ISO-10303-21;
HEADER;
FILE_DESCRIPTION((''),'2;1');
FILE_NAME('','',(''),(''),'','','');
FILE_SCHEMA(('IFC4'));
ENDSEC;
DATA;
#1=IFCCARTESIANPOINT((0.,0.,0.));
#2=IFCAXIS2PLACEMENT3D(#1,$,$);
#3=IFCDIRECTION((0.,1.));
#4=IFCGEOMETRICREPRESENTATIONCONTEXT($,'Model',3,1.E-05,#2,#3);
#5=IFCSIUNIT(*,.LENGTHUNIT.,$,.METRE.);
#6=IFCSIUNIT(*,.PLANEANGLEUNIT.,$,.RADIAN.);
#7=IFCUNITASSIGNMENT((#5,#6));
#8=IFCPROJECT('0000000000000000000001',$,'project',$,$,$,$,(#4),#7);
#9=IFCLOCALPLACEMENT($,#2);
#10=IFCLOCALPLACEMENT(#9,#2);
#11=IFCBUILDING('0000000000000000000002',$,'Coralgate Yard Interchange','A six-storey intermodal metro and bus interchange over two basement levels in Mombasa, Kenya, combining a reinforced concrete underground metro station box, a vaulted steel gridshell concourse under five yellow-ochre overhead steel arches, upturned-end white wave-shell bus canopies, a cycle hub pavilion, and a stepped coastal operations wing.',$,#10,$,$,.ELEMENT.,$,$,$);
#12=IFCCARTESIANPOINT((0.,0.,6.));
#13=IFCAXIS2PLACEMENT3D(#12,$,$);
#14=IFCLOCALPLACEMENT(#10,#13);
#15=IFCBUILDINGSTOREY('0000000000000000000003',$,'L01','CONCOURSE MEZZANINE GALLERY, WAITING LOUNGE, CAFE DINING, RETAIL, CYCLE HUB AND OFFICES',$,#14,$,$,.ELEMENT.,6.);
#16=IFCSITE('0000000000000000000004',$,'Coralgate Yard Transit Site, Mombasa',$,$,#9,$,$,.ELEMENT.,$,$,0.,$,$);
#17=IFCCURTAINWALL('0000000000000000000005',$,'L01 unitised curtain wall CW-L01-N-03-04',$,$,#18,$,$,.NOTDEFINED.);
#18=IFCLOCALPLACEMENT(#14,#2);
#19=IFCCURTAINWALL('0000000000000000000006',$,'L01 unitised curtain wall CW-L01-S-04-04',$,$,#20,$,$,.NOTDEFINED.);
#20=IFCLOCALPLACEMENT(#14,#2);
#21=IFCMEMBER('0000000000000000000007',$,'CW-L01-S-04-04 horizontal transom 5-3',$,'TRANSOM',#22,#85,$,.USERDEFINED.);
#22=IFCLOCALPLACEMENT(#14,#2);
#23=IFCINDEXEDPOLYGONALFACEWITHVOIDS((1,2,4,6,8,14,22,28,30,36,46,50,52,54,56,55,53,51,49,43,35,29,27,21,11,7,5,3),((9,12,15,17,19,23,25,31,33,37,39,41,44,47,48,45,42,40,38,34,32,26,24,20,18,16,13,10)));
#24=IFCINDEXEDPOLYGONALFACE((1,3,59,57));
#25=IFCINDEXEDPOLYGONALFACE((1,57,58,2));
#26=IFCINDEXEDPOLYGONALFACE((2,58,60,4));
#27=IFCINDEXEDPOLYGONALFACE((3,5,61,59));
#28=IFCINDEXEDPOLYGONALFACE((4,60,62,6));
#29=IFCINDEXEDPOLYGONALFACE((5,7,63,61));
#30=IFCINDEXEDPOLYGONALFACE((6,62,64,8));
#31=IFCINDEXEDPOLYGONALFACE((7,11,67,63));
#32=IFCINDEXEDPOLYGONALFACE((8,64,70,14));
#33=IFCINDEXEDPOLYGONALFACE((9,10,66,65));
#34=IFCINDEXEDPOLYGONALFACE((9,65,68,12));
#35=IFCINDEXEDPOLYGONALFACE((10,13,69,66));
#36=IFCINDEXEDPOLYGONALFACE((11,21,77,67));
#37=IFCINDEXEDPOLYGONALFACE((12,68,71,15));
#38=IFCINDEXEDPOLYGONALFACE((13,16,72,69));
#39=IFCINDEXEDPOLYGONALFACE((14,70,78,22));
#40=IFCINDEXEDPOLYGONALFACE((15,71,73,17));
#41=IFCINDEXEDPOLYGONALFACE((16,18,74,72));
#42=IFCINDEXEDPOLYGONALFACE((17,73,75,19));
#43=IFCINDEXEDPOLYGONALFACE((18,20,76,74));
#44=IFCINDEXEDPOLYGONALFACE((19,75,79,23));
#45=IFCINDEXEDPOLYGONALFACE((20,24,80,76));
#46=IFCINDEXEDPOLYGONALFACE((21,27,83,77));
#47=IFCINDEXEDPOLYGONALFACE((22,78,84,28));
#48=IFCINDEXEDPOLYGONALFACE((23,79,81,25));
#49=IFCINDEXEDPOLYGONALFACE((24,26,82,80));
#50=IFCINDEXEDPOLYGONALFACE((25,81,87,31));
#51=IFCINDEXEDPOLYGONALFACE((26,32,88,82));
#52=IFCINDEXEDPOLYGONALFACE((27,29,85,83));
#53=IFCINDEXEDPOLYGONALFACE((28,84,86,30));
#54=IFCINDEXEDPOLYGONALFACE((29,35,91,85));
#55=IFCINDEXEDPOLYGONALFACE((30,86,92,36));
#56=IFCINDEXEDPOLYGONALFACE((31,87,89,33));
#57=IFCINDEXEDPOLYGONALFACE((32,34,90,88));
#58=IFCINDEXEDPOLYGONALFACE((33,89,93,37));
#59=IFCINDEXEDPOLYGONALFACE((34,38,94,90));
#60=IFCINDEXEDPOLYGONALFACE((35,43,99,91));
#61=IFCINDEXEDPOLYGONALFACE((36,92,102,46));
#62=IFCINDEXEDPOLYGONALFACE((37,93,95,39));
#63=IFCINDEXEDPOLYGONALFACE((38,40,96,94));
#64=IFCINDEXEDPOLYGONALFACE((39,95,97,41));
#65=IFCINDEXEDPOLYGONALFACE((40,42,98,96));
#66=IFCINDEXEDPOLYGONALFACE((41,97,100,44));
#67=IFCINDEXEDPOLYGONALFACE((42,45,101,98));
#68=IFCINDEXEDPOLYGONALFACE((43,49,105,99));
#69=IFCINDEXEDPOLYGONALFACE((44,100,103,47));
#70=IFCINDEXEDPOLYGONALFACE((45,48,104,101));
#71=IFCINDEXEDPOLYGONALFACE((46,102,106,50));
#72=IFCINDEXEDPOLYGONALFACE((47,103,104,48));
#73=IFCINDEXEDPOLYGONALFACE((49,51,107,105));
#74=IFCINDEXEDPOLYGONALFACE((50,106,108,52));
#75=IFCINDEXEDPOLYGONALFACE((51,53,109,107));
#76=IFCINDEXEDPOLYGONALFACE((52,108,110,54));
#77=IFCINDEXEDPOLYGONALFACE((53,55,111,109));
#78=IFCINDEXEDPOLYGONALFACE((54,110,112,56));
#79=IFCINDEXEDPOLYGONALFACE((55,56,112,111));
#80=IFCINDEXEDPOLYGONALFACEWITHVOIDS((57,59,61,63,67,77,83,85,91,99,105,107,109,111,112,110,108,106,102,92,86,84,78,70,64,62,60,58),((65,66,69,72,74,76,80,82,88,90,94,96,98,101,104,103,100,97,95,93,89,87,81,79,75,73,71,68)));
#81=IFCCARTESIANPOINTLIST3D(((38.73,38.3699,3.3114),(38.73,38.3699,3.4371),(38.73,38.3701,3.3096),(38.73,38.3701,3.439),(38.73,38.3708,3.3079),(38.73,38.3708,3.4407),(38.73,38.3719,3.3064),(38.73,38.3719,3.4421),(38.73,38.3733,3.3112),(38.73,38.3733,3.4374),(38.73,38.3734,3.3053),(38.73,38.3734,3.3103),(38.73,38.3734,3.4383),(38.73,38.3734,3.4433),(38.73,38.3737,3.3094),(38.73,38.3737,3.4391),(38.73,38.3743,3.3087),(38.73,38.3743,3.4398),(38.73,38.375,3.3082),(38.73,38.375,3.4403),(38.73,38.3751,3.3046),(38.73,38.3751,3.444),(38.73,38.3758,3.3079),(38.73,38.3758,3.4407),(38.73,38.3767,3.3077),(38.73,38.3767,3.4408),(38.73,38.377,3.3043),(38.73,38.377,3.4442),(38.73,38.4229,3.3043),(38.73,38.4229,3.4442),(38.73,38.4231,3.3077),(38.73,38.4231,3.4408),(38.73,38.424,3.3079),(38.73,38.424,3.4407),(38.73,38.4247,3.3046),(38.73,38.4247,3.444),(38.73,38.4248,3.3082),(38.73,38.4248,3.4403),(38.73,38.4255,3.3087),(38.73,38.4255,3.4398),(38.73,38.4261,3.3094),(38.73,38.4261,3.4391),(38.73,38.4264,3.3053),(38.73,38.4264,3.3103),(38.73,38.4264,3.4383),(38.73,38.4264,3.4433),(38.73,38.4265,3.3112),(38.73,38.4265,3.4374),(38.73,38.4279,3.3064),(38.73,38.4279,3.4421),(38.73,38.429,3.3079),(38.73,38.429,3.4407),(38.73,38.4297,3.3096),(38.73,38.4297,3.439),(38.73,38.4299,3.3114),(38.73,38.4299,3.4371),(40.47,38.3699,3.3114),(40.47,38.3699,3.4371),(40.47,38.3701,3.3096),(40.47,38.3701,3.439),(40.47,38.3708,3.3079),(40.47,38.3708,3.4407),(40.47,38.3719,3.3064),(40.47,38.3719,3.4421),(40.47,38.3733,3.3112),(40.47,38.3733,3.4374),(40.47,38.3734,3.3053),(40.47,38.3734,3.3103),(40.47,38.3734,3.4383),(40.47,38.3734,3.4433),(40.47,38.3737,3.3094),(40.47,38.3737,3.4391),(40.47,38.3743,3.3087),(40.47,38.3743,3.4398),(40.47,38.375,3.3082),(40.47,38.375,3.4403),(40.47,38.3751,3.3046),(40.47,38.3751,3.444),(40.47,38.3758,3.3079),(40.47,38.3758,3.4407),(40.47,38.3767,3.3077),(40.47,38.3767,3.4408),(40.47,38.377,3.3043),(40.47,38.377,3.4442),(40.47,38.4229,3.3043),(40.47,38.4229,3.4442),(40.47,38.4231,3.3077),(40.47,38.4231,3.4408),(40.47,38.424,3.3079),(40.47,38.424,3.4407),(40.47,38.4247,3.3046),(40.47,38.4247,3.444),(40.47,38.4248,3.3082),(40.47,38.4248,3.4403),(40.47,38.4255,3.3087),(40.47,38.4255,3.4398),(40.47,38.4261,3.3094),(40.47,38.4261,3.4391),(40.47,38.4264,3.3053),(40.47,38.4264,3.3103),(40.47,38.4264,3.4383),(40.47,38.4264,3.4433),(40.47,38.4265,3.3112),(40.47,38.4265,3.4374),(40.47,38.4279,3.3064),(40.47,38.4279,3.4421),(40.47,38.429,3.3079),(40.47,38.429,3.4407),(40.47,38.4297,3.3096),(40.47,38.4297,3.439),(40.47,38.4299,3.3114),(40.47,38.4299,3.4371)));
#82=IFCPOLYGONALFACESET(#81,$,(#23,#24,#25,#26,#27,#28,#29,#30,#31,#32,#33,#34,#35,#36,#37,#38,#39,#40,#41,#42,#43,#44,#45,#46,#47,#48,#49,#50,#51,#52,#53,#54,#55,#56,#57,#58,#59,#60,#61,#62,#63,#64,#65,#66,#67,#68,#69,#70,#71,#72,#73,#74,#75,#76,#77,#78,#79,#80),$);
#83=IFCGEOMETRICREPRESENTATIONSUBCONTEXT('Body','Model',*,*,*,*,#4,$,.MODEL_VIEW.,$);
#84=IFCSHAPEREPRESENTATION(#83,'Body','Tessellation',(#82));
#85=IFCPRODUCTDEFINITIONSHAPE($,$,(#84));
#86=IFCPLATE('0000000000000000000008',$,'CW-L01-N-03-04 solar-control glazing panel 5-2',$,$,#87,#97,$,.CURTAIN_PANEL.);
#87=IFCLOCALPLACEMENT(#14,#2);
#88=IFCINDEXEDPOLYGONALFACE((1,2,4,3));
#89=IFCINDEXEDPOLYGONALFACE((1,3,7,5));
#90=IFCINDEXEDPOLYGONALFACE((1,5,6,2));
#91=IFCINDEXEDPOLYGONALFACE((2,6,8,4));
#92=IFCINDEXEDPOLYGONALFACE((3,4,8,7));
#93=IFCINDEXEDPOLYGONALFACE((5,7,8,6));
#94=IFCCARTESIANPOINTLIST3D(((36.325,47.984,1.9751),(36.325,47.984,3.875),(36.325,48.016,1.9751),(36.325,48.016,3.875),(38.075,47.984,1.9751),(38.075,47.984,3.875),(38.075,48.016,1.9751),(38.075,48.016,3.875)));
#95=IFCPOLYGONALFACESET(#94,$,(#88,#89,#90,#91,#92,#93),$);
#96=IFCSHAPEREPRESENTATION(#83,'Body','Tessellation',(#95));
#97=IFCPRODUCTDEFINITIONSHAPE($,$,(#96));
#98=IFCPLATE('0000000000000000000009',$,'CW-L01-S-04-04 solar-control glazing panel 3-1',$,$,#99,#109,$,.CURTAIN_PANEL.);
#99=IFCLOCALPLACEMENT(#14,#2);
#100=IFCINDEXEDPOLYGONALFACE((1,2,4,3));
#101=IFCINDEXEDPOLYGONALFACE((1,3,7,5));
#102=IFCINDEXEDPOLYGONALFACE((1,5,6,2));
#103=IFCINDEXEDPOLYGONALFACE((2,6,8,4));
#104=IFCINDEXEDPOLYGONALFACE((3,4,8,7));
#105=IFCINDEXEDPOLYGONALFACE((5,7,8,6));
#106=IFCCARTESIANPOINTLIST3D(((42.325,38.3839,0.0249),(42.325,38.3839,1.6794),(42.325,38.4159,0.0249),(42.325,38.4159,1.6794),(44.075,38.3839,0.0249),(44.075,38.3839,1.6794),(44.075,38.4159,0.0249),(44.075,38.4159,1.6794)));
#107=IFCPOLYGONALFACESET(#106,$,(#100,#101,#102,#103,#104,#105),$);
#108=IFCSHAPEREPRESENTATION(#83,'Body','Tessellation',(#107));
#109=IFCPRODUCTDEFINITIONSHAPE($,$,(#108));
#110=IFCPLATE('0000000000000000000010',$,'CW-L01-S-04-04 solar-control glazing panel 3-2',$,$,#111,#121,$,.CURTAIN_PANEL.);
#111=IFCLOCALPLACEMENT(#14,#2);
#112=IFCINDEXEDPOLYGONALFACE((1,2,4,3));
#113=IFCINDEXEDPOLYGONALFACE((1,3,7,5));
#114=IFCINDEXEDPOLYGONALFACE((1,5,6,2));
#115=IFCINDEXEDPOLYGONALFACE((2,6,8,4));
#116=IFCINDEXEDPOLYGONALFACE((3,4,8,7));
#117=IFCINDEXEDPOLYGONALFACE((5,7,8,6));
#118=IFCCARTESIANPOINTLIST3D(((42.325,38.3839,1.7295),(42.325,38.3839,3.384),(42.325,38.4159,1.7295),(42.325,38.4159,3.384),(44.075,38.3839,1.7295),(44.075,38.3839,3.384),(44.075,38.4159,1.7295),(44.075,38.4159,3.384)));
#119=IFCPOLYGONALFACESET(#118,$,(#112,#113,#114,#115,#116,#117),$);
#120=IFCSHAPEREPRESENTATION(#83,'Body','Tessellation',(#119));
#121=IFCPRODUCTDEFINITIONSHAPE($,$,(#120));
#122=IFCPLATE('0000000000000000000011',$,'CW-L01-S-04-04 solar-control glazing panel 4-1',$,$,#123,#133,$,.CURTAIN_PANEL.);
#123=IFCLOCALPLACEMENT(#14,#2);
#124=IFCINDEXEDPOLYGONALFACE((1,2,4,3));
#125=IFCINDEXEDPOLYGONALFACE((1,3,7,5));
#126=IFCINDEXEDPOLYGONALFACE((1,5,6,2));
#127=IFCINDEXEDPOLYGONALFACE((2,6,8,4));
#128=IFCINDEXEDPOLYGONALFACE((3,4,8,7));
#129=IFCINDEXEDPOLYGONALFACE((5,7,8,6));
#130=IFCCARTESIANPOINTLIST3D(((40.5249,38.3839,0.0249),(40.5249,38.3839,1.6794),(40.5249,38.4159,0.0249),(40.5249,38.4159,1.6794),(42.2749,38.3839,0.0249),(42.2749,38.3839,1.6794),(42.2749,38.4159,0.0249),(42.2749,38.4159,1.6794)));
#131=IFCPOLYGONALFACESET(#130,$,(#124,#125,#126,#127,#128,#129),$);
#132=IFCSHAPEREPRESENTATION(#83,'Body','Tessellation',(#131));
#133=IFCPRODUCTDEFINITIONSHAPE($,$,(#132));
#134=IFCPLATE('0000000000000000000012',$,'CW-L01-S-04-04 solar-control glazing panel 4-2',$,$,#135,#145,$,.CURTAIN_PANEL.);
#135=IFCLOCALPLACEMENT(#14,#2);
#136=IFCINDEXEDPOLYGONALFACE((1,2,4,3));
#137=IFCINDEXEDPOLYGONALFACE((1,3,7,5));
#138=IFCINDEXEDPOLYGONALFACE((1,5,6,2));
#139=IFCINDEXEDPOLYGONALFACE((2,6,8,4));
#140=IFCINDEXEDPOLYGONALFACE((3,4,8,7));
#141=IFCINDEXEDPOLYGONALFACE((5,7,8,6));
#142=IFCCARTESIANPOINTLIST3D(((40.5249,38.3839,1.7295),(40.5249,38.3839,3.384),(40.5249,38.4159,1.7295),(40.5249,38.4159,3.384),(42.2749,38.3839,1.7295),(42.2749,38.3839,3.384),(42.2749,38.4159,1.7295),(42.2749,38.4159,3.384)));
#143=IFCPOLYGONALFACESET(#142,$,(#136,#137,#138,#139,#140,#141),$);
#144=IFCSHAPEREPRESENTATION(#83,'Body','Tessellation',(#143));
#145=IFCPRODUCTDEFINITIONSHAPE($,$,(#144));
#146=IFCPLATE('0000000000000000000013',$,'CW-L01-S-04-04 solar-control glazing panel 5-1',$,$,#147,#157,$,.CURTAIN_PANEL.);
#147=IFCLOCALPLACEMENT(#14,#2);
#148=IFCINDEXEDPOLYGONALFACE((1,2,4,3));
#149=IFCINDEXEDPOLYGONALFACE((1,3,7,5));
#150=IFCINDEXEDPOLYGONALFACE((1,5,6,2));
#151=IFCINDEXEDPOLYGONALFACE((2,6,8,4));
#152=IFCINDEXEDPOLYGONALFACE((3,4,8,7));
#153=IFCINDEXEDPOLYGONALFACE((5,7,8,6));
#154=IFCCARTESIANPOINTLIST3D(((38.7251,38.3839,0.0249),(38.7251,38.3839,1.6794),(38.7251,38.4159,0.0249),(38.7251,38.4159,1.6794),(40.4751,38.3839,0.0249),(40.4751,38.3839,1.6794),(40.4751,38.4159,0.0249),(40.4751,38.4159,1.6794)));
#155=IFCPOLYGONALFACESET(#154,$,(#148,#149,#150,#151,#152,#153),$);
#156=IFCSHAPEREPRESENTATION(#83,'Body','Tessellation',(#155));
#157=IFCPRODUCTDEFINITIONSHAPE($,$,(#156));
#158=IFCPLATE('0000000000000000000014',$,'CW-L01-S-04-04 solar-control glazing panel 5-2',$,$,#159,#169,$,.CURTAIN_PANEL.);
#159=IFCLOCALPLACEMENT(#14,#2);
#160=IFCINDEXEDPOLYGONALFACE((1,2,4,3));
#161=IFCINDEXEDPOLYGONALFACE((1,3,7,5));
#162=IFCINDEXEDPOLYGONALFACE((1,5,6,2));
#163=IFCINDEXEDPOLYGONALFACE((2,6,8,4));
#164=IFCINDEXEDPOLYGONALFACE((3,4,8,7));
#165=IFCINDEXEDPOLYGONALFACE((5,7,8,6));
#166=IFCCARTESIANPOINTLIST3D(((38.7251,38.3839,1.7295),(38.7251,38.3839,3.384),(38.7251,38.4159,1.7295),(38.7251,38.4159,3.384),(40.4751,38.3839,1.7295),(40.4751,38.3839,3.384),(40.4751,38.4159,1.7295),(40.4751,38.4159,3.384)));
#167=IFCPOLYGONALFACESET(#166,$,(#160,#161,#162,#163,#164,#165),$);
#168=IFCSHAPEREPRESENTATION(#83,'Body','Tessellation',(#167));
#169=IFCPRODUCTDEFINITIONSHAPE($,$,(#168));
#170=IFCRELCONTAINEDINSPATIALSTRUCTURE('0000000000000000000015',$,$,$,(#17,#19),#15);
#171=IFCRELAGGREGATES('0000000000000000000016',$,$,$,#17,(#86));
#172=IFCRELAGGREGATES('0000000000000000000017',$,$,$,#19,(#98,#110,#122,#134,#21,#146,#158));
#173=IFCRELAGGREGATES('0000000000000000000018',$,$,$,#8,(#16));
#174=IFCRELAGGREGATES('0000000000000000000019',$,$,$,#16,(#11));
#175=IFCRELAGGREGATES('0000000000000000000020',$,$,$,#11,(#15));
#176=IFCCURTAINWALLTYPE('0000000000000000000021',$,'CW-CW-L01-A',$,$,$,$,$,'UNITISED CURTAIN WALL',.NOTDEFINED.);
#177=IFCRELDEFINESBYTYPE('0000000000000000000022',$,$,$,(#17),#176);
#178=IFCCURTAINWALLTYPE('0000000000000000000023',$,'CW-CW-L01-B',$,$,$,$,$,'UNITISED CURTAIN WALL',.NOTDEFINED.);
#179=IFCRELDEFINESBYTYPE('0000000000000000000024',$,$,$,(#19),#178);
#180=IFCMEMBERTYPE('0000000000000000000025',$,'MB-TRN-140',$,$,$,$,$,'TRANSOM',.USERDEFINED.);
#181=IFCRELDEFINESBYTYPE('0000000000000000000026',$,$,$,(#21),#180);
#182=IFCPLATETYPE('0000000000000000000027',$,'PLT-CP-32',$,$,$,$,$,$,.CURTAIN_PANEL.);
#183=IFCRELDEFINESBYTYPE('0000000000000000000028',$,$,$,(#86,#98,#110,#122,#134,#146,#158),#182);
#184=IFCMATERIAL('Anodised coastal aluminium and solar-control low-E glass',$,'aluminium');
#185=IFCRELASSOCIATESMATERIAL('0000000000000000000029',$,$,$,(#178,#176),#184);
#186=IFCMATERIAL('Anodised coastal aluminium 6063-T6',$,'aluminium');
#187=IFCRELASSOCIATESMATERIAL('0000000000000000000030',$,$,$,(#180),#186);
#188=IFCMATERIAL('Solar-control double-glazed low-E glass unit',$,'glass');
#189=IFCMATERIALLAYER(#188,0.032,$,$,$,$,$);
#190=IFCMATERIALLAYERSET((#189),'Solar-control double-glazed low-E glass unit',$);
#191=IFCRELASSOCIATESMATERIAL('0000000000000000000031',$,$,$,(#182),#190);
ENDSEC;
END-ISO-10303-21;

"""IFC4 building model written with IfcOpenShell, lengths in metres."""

from ifc_helpers import new_model, si_unit, direction, frame, origin, origin_2d, place, context, subcontext, project, spatial, rectangle, hollow_rectangle, extrude, material, layer, layer_set, material_profile, profile_set, type_object, element, aggregate, save


model = new_model("IFC4")

# Units and contexts
model_context = context("Model", 3, precision=1e-05, world=origin(), true_north=direction((0.0, 1.0)))
body_context = subcontext(model_context, "Body", "Model", "MODEL_VIEW")
ifc_project = project(units=[si_unit("LENGTHUNIT", "METRE"), si_unit("PLANEANGLEUNIT", "RADIAN")], contexts=[model_context])

# Site, building, storey
site_placement = place(None, origin())
site = spatial("IfcSite", under=ifc_project, at=site_placement, Name="Coralgate Yard Transit Site, Mombasa", CompositionType="ELEMENT", RefElevation=0.0)
building_placement = place(site_placement, origin())
building = spatial("IfcBuilding", under=site, at=building_placement, Name="Coralgate Yard Interchange", Description="A six-storey intermodal metro and bus interchange over two basement levels in Mombasa, Kenya, combining a reinforced concrete underground metro station box, a vaulted steel gridshell concourse under five yellow-ochre overhead steel arches, upturned-end white wave-shell bus canopies, a cycle hub pavilion, and a stepped coastal operations wing.", CompositionType="ELEMENT")
storey_placement = place(building_placement, frame((0.0, 0.0, 6.0)))
storey = spatial("IfcBuildingStorey", under=building, at=storey_placement, Name="L01", Description="CONCOURSE MEZZANINE GALLERY, WAITING LOUNGE, CAFE DINING, RETAIL, CYCLE HUB AND OFFICES", CompositionType="ELEMENT", Elevation=6.0)

# Curtain wall
ifc_material_1 = material(Name="Anodised coastal aluminium and solar-control low-E glass", Category="aluminium")
curtain_wall_type_1 = type_object("IfcCurtainWallType", Name="CW-CW-L01-B", ElementType="UNITISED CURTAIN WALL", PredefinedType="NOTDEFINED", material=ifc_material_1)
ifc_material_2 = material(Name="Anodised coastal aluminium 6063-T6", Category="aluminium")
curtain_wall_type_2 = type_object("IfcCurtainWallType", Name="CW-CW-L01-A", ElementType="UNITISED CURTAIN WALL", PredefinedType="NOTDEFINED", material=ifc_material_1)
curtain_wall_1_placement = place(storey_placement, origin())
curtain_wall_1 = element("IfcCurtainWall", 1, at=curtain_wall_1_placement, inside=storey, type_object=curtain_wall_type_2, Name="L01 unitised curtain wall CW-L01-N-03-04", PredefinedType="NOTDEFINED")

# Curtain wall
curtain_wall_2_placement = place(storey_placement, origin())
curtain_wall_2 = element("IfcCurtainWall", 2, at=curtain_wall_2_placement, inside=storey, type_object=curtain_wall_type_1, Name="L01 unitised curtain wall CW-L01-S-04-04", PredefinedType="NOTDEFINED")

# Member
ifc_material_profile_1 = material_profile(ifc_material_2, hollow_rectangle(XDim=0.0601, YDim=0.1399, WallThickness=0.0034, InnerFilletRadius=0.0034, OuterFilletRadius=0.0071, at=origin_2d()), Name="ALU 60x140x3.5")
ifc_profile_set_1 = profile_set([ifc_material_profile_1], Name="Anodised coastal aluminium 6063-T6")
member_type_1 = type_object("IfcMemberType", Name="MB-TRN-140", ElementType="TRANSOM", PredefinedType="USERDEFINED", material=ifc_profile_set_1)
member_1_placement = place(storey_placement, frame((40.47, 38.3999, 3.3743), z_axis=(-1.0, 0.0, 0.0), x_axis=(0.0, -1.0, 0.0)))
member_1 = element("IfcMember", 3, at=member_1_placement, type_object=member_type_1, Name="CW-L01-S-04-04 horizontal transom 5-3", ObjectType="TRANSOM", PredefinedType="USERDEFINED", context=body_context, shape_type="SweptSolid", body=[
    extrude(hollow_rectangle(XDim=0.0601, YDim=0.1399, WallThickness=0.0034, InnerFilletRadius=0.0034, OuterFilletRadius=0.0071, at=origin_2d()), origin(), (0.0, 0.0, 1.0), 1.74),
])

# Plates
ifc_material_3 = material(Name="Solar-control double-glazed low-E glass unit", Category="glass")
ifc_layer = layer(ifc_material_3, 0.032)
ifc_layer_set = layer_set([ifc_layer], Name="Solar-control double-glazed low-E glass unit")
plate_type = type_object("IfcPlateType", Name="PLT-CP-32", PredefinedType="CURTAIN_PANEL", material=ifc_layer_set)
plate_1_placement = place(storey_placement, frame((37.2, 48.0, 1.9751), z_axis=(0.0, 0.0, 1.0), x_axis=(1.0, 0.0, 0.0)))
plate_1 = element("IfcPlate", 4, at=plate_1_placement, type_object=plate_type, Name="CW-L01-N-03-04 solar-control glazing panel 5-2", PredefinedType="CURTAIN_PANEL", context=body_context, shape_type="SweptSolid", body=[
    extrude(rectangle(XDim=1.75, YDim=0.032, at=origin_2d()), origin(), (0.0, 0.0, 1.0), 1.8999),
])
aggregate(curtain_wall_1, [plate_1])
plate_2_placement = place(storey_placement, frame((43.2, 38.3999, 0.0249), z_axis=(0.0, 0.0, 1.0), x_axis=(-1.0, 0.0, 0.0)))
plate_2 = element("IfcPlate", 5, at=plate_2_placement, type_object=plate_type, Name="CW-L01-S-04-04 solar-control glazing panel 3-1", PredefinedType="CURTAIN_PANEL", context=body_context, shape_type="SweptSolid", body=[
    extrude(rectangle(XDim=1.75, YDim=0.032, at=origin_2d()), origin(), (0.0, 0.0, 1.0), 1.6545),
])
plate_3_placement = place(storey_placement, frame((43.2, 38.3999, 1.7295), z_axis=(0.0, 0.0, 1.0), x_axis=(-1.0, 0.0, 0.0)))
plate_3 = element("IfcPlate", 6, at=plate_3_placement, type_object=plate_type, Name="CW-L01-S-04-04 solar-control glazing panel 3-2", PredefinedType="CURTAIN_PANEL", context=body_context, shape_type="SweptSolid", body=[
    extrude(rectangle(XDim=1.75, YDim=0.032, at=origin_2d()), origin(), (0.0, 0.0, 1.0), 1.6545),
])
plate_4_placement = place(storey_placement, frame((41.3999, 38.3999, 0.0249), z_axis=(0.0, 0.0, 1.0), x_axis=(-1.0, 0.0, 0.0)))
plate_4 = element("IfcPlate", 7, at=plate_4_placement, type_object=plate_type, Name="CW-L01-S-04-04 solar-control glazing panel 4-1", PredefinedType="CURTAIN_PANEL", context=body_context, shape_type="SweptSolid", body=[
    extrude(rectangle(XDim=1.75, YDim=0.032, at=origin_2d()), origin(), (0.0, 0.0, 1.0), 1.6545),
])
plate_5_placement = place(storey_placement, frame((41.3999, 38.3999, 1.7295), z_axis=(0.0, 0.0, 1.0), x_axis=(-1.0, 0.0, 0.0)))
plate_5 = element("IfcPlate", 8, at=plate_5_placement, type_object=plate_type, Name="CW-L01-S-04-04 solar-control glazing panel 4-2", PredefinedType="CURTAIN_PANEL", context=body_context, shape_type="SweptSolid", body=[
    extrude(rectangle(XDim=1.75, YDim=0.032, at=origin_2d()), origin(), (0.0, 0.0, 1.0), 1.6545),
])
plate_6_placement = place(storey_placement, frame((39.6001, 38.3999, 0.0249), z_axis=(0.0, 0.0, 1.0), x_axis=(-1.0, 0.0, 0.0)))
plate_6 = element("IfcPlate", 9, at=plate_6_placement, type_object=plate_type, Name="CW-L01-S-04-04 solar-control glazing panel 5-1", PredefinedType="CURTAIN_PANEL", context=body_context, shape_type="SweptSolid", body=[
    extrude(rectangle(XDim=1.75, YDim=0.032, at=origin_2d()), origin(), (0.0, 0.0, 1.0), 1.6545),
])
plate_7_placement = place(storey_placement, frame((39.6001, 38.3999, 1.7295), z_axis=(0.0, 0.0, 1.0), x_axis=(-1.0, 0.0, 0.0)))
plate_7 = element("IfcPlate", 10, at=plate_7_placement, type_object=plate_type, Name="CW-L01-S-04-04 solar-control glazing panel 5-2", PredefinedType="CURTAIN_PANEL", context=body_context, shape_type="SweptSolid", body=[
    extrude(rectangle(XDim=1.75, YDim=0.032, at=origin_2d()), origin(), (0.0, 0.0, 1.0), 1.6545),
])
aggregate(curtain_wall_2, [plate_2, plate_3, plate_4, plate_5, member_1, plate_6, plate_7])

save(model, "model.ifc")
